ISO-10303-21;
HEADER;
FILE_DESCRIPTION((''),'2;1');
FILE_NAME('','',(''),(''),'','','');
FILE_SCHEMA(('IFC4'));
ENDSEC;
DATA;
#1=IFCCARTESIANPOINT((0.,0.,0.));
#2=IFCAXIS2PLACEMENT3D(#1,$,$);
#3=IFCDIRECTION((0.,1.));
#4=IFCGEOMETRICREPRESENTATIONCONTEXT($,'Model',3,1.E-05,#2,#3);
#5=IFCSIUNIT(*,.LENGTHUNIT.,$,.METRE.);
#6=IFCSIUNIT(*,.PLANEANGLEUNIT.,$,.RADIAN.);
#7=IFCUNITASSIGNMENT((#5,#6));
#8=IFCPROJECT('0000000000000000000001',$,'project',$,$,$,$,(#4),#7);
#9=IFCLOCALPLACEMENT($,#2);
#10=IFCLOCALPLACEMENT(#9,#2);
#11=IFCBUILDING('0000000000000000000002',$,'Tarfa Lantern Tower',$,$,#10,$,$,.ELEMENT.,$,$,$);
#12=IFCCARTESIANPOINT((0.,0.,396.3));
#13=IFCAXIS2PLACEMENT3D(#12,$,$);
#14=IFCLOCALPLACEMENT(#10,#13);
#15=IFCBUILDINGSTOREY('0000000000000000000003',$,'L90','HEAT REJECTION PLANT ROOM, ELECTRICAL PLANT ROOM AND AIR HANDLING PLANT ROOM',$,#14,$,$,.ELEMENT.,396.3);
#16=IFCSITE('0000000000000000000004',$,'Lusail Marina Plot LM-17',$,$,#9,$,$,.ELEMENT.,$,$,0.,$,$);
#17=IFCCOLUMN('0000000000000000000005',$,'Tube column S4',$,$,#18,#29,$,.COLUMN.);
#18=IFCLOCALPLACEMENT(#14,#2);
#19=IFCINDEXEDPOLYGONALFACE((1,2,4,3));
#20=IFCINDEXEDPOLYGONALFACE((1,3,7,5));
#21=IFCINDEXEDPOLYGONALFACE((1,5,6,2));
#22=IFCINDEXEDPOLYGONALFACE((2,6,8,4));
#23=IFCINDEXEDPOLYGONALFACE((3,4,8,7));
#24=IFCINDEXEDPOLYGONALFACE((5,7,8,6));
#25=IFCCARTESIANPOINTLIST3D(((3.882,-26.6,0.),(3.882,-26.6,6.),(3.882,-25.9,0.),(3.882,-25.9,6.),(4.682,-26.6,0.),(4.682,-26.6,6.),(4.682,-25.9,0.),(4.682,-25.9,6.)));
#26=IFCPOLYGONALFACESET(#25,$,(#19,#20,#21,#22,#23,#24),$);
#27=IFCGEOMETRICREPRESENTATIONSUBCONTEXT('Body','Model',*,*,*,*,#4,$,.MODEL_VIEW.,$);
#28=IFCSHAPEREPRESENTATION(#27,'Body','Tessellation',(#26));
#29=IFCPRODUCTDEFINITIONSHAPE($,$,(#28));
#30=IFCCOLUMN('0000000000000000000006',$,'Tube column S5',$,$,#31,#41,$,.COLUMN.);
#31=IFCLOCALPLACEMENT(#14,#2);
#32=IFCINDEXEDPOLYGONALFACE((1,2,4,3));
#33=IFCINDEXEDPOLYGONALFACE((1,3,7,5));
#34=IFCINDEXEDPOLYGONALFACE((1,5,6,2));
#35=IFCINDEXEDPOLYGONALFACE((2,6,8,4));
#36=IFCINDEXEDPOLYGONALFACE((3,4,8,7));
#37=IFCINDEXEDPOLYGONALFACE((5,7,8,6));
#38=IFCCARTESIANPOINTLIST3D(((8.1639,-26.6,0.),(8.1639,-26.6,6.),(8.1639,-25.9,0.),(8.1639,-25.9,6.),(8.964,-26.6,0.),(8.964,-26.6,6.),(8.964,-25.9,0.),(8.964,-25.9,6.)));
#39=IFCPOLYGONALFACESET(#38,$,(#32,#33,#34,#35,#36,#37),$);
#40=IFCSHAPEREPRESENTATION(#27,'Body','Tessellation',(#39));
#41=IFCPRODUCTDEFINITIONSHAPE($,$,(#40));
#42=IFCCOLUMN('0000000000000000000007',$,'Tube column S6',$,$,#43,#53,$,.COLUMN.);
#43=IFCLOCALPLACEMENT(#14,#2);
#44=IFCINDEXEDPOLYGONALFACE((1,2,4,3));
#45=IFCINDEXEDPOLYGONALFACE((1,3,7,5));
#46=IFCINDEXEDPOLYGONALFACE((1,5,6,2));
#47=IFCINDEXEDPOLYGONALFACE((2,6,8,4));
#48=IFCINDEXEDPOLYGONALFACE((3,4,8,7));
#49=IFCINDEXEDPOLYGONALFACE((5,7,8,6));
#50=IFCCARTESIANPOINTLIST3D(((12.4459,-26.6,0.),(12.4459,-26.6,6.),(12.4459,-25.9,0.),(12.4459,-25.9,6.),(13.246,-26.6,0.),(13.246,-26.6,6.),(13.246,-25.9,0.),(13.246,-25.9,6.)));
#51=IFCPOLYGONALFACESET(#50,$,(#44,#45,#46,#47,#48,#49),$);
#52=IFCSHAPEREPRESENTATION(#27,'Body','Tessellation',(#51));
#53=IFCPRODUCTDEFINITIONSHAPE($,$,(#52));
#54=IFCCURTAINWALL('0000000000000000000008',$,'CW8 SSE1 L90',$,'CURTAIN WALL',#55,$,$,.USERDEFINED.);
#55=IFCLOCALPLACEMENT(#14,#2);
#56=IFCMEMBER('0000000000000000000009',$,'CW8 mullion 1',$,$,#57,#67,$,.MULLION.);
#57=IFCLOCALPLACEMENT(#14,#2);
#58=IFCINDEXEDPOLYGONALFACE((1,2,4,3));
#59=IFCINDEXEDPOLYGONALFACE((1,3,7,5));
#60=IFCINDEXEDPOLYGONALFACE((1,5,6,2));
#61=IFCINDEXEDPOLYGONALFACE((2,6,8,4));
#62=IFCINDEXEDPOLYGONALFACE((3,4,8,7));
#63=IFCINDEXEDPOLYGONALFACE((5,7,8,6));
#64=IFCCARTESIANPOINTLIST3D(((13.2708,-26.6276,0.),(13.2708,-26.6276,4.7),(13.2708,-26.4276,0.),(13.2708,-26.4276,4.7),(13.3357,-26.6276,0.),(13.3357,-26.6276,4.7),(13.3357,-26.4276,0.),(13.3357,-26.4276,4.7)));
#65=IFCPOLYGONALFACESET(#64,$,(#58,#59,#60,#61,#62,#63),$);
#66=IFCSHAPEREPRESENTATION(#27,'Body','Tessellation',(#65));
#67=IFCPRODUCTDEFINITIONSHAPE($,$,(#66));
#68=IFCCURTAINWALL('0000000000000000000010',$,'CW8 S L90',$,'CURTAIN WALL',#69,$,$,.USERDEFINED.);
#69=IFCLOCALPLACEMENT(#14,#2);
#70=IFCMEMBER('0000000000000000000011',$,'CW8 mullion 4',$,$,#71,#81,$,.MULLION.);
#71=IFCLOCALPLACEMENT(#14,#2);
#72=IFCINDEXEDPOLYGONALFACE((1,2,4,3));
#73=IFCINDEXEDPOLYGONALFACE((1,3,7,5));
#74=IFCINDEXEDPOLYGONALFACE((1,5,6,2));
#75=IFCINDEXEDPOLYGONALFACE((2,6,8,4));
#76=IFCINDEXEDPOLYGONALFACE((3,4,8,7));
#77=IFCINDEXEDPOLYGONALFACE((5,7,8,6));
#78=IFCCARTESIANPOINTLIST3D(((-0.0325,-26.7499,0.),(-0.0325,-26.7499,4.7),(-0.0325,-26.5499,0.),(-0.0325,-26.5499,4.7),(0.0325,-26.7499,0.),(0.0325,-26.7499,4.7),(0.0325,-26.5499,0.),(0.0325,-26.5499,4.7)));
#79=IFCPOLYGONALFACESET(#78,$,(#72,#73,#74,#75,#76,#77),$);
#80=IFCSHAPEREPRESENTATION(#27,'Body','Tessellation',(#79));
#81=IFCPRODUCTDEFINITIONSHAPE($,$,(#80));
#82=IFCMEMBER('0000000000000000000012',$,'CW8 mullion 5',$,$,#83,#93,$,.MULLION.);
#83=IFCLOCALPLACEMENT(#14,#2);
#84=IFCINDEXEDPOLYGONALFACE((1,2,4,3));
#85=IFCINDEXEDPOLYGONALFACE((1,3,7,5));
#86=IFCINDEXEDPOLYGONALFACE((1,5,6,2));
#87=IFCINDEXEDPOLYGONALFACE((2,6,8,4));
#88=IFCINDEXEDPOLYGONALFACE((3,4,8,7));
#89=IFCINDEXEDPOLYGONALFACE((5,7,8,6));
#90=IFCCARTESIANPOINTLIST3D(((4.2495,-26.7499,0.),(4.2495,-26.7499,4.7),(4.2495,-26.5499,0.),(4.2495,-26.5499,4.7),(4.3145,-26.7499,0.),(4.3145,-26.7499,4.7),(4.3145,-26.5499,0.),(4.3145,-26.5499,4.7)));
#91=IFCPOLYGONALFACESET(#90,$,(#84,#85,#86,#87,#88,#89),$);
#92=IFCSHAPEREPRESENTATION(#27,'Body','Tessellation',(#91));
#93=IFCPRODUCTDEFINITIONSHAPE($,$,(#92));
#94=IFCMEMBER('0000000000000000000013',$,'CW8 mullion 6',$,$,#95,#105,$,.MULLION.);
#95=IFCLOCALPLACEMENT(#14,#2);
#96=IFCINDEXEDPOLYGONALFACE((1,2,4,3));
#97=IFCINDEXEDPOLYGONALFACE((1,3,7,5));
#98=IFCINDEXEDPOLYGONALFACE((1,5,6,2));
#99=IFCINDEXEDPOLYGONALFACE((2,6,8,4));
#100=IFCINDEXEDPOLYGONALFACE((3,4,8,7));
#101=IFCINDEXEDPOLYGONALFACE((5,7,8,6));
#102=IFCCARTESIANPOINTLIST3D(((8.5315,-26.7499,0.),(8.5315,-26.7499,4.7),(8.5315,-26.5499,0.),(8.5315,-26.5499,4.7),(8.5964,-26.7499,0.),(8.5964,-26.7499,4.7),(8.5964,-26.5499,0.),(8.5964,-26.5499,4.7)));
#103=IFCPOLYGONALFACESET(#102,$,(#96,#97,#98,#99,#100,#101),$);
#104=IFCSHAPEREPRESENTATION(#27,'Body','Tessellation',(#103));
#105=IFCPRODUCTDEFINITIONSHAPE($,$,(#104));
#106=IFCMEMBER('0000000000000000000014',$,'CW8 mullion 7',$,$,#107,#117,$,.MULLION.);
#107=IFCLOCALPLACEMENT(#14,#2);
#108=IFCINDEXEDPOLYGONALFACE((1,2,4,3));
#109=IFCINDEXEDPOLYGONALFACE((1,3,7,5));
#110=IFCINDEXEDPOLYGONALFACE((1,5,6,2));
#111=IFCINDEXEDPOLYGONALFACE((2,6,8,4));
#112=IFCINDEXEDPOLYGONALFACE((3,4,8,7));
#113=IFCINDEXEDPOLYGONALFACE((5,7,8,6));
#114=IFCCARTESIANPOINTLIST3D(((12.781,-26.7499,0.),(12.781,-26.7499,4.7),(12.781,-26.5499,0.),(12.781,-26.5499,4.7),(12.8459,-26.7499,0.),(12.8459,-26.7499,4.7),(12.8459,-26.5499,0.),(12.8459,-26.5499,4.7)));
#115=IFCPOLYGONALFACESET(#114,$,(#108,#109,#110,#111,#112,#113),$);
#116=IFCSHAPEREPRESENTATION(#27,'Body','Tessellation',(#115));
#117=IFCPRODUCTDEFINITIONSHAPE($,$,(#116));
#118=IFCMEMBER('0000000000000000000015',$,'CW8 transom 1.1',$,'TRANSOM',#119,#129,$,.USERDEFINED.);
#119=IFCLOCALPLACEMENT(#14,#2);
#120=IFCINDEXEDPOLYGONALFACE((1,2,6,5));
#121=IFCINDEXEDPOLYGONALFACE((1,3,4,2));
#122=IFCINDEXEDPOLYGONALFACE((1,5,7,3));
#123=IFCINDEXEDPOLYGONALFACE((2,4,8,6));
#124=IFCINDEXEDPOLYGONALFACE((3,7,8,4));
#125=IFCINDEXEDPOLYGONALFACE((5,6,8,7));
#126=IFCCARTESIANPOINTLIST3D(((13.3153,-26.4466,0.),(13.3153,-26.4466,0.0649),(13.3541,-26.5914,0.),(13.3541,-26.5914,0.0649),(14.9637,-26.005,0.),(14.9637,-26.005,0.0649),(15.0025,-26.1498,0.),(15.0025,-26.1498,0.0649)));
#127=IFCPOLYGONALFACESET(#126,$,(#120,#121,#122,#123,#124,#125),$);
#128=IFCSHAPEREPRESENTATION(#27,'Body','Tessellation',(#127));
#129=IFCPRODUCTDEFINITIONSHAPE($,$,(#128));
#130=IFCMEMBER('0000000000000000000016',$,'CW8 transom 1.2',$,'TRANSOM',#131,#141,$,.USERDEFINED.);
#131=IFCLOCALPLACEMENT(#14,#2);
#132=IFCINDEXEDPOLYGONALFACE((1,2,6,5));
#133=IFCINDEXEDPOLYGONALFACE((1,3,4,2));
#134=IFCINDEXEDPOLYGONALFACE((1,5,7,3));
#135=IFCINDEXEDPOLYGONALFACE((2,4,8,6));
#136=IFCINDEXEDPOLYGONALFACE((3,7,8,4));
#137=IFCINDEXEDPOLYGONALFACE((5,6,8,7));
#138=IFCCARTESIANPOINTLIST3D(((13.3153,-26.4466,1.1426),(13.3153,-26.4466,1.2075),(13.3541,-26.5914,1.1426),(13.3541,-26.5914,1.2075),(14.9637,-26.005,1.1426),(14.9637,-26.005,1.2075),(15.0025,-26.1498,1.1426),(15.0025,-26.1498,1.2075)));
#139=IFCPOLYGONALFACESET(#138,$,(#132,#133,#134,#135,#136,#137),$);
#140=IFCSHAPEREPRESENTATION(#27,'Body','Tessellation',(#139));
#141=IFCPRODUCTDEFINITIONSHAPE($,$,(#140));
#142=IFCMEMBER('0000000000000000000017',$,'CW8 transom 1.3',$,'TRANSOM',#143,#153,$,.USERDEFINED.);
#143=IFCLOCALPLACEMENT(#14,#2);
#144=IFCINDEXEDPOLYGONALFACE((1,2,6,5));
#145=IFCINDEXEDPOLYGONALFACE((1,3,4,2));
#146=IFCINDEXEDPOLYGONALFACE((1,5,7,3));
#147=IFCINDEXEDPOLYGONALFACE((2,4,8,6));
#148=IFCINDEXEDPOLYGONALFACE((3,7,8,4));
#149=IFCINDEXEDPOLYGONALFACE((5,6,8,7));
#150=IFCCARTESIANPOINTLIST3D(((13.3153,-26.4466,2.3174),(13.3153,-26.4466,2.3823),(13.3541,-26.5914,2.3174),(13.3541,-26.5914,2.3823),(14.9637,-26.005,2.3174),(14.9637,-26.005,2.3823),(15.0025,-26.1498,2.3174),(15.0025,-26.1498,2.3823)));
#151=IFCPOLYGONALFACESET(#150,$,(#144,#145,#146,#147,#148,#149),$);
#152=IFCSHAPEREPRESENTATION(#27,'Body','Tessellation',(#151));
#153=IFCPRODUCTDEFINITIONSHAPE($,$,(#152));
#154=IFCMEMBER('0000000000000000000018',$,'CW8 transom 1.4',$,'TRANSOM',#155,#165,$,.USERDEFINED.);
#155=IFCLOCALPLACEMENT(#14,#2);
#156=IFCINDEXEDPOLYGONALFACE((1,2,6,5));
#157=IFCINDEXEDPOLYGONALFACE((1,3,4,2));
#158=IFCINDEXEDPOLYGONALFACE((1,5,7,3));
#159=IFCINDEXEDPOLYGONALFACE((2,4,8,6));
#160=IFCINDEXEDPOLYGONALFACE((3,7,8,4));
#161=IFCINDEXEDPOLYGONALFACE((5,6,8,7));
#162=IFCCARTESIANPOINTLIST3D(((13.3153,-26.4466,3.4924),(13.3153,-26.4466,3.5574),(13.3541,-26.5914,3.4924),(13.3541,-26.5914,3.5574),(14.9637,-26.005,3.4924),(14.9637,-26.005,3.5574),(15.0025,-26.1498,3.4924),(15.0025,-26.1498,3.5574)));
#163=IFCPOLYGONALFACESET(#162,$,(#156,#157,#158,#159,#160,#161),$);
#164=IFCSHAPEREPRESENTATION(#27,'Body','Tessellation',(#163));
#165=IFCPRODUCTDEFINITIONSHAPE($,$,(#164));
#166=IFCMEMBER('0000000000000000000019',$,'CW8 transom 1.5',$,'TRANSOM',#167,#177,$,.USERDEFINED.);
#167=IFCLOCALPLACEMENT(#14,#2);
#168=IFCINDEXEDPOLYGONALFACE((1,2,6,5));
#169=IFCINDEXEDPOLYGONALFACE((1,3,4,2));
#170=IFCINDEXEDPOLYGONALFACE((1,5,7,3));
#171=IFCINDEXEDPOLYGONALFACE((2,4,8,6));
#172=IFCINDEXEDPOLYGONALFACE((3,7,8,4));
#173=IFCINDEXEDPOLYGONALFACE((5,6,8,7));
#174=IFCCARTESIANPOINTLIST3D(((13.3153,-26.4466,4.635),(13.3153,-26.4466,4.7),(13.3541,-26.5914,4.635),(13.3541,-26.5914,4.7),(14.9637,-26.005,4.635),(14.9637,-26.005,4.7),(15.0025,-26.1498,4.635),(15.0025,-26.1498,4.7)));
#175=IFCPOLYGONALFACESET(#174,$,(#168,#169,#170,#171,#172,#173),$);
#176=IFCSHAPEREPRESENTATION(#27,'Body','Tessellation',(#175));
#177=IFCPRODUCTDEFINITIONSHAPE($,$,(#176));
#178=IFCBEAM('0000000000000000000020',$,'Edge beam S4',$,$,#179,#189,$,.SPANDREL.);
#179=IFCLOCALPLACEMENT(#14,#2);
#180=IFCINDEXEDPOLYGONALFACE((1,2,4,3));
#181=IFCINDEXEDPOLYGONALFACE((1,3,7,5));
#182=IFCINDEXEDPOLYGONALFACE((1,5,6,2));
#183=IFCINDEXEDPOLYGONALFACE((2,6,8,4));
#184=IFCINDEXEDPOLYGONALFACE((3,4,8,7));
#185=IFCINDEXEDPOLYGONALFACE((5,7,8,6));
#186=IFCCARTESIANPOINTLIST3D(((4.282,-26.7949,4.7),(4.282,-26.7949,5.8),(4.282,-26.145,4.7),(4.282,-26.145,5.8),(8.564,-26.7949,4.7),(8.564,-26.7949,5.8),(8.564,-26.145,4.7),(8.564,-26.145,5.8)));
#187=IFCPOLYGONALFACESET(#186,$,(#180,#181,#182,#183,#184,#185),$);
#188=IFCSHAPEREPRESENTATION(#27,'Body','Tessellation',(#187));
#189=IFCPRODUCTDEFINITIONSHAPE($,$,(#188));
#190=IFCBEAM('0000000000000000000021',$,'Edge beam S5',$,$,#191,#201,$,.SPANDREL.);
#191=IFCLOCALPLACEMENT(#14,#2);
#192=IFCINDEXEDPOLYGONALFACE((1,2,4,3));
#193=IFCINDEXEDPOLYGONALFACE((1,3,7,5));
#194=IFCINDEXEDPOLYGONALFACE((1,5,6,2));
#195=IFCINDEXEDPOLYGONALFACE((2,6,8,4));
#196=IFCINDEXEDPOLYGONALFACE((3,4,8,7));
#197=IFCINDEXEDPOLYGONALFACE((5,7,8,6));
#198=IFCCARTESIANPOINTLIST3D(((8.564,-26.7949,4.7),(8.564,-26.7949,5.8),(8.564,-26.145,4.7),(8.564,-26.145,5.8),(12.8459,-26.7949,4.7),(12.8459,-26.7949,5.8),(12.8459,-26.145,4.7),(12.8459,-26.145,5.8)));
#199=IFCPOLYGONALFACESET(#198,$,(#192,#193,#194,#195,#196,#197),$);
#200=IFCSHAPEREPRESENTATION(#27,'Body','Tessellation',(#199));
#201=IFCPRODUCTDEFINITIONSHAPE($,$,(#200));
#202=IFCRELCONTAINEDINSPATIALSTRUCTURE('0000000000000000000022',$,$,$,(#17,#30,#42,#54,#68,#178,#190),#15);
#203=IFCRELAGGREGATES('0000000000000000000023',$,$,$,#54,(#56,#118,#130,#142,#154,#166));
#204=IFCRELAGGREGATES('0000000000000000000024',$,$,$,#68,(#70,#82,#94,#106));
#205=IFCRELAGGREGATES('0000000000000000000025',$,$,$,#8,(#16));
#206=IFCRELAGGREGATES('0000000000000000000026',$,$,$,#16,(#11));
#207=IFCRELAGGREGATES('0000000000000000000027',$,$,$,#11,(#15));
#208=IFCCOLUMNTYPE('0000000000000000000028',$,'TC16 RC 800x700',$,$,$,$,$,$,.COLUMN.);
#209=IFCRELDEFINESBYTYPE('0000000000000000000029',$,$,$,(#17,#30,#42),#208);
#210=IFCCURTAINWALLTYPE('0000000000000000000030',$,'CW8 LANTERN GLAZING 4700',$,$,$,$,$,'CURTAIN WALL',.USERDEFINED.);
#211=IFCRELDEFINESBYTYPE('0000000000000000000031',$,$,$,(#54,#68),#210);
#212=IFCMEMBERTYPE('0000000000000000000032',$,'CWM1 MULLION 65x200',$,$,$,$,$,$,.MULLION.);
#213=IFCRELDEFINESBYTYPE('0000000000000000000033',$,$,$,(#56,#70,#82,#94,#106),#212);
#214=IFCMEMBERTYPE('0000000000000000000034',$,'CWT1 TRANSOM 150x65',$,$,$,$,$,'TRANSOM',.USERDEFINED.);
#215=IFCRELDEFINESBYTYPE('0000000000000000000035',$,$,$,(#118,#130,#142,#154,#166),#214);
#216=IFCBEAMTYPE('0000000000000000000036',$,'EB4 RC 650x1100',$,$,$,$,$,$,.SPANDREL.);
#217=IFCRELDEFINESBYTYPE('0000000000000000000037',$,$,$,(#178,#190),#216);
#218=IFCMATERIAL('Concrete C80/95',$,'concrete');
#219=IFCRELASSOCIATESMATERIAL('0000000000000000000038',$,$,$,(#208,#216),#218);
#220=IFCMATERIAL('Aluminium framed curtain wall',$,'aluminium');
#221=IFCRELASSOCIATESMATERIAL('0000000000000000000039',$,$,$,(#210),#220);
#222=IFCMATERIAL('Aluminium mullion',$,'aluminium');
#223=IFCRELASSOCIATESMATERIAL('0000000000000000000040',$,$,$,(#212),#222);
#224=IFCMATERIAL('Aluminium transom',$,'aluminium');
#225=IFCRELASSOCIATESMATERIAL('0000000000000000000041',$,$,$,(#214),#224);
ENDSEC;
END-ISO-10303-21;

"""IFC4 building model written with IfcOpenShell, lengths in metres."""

from ifc_helpers import new_model, si_unit, direction, frame, origin, origin_2d, place, context, subcontext, project, spatial, rectangle, extrude, material, material_profile, profile_set, type_object, element, aggregate, save


model = new_model("IFC4")

# Units and contexts
model_context = context("Model", 3, precision=1e-05, world=origin(), true_north=direction((0.0, 1.0)))
body_context = subcontext(model_context, "Body", "Model", "MODEL_VIEW")
ifc_project = project(units=[si_unit("LENGTHUNIT", "METRE"), si_unit("PLANEANGLEUNIT", "RADIAN")], contexts=[model_context])

# Site, building, storey
site_placement = place(None, origin())
site = spatial("IfcSite", under=ifc_project, at=site_placement, Name="Lusail Marina Plot LM-17", CompositionType="ELEMENT", RefElevation=0.0)
building_placement = place(site_placement, origin())
building = spatial("IfcBuilding", under=site, at=building_placement, Name="Tarfa Lantern Tower", CompositionType="ELEMENT")
storey_placement = place(building_placement, frame((0.0, 0.0, 396.3)))
storey = spatial("IfcBuildingStorey", under=building, at=storey_placement, Name="L90", Description="HEAT REJECTION PLANT ROOM, ELECTRICAL PLANT ROOM AND AIR HANDLING PLANT ROOM", CompositionType="ELEMENT", Elevation=396.3)

# Columns
ifc_material_1 = material(Name="Concrete C80/95", Category="concrete")
ifc_material_profile_1 = material_profile(ifc_material_1, rectangle(XDim=0.8, YDim=0.7, at=origin_2d()), Name="RC 800x700")
ifc_profile_set_1 = profile_set([ifc_material_profile_1], Name="Concrete C80/95")
column_type = type_object("IfcColumnType", Name="TC16 RC 800x700", PredefinedType="COLUMN", material=ifc_profile_set_1)
for number, where, z_axis, x_axis, name in (
    (1, (4.282, -26.25, 0.0), (0.0, 0.0, 1.0), (1.0, 0.0, 0.0), "Tube column S4"),
    (2, (8.564, -26.25, 0.0), (0.0, 0.0, 1.0), (1.0, 0.0, 0.0), "Tube column S5"),
    (3, (12.8459, -26.25, 0.0), (0.0, 0.0, 1.0), (1.0, 0.0, 0.0), "Tube column S6"),
):
    element("IfcColumn", number, at=place(storey_placement, frame(where, z_axis=z_axis, x_axis=x_axis)), inside=storey, type_object=column_type, Name=name, PredefinedType="COLUMN", context=body_context, shape_type="SweptSolid", body=[
        extrude(rectangle(XDim=0.8, YDim=0.7, at=origin_2d()), origin(), (0.0, 0.0, 1.0), 6.0),
    ])

# Curtain wall, member
ifc_material_2 = material(Name="Aluminium framed curtain wall", Category="aluminium")
curtain_wall_type = type_object("IfcCurtainWallType", Name="CW8 LANTERN GLAZING 4700", ElementType="CURTAIN WALL", PredefinedType="USERDEFINED", material=ifc_material_2)
curtain_wall_1_placement = place(storey_placement, origin())
curtain_wall_1 = element("IfcCurtainWall", 4, at=curtain_wall_1_placement, inside=storey, type_object=curtain_wall_type, Name="CW8 SSE1 L90", ObjectType="CURTAIN WALL", PredefinedType="USERDEFINED")
ifc_material_3 = material(Name="Aluminium mullion", Category="aluminium")
ifc_material_profile_2 = material_profile(ifc_material_3, rectangle(XDim=0.0649, YDim=0.2, at=origin_2d()), Name="AL MULLION 65x200")
ifc_profile_set_2 = profile_set([ifc_material_profile_2], Name="Aluminium mullion")
member_type_1 = type_object("IfcMemberType", Name="CWM1 MULLION 65x200", PredefinedType="MULLION", material=ifc_profile_set_2)
member_1_placement = place(storey_placement, frame((13.3032, -26.5276, 0.0), z_axis=(0.0, 0.0, 1.0), x_axis=(1.0, 0.0, 0.0)))
member_1 = element("IfcMember", 5, at=member_1_placement, type_object=member_type_1, Name="CW8 mullion 1", PredefinedType="MULLION", context=body_context, shape_type="SweptSolid", body=[
    extrude(rectangle(XDim=0.0649, YDim=0.2, at=origin_2d()), origin(), (0.0, 0.0, 1.0), 4.7),
])

# Curtain wall, members
curtain_wall_2_placement = place(storey_placement, origin())
curtain_wall_2 = element("IfcCurtainWall", 6, at=curtain_wall_2_placement, inside=storey, type_object=curtain_wall_type, Name="CW8 S L90", ObjectType="CURTAIN WALL", PredefinedType="USERDEFINED")
member_2_placement = place(storey_placement, frame((0.0, -26.6499, 0.0), z_axis=(0.0, 0.0, 1.0), x_axis=(1.0, 0.0, 0.0)))
member_2 = element("IfcMember", 7, at=member_2_placement, type_object=member_type_1, Name="CW8 mullion 4", PredefinedType="MULLION", context=body_context, shape_type="SweptSolid", body=[
    extrude(rectangle(XDim=0.0649, YDim=0.2, at=origin_2d()), origin(), (0.0, 0.0, 1.0), 4.7),
])
member_3_placement = place(storey_placement, frame((4.282, -26.6499, 0.0), z_axis=(0.0, 0.0, 1.0), x_axis=(1.0, 0.0, 0.0)))
member_3 = element("IfcMember", 8, at=member_3_placement, type_object=member_type_1, Name="CW8 mullion 5", PredefinedType="MULLION", context=body_context, shape_type="SweptSolid", body=[
    extrude(rectangle(XDim=0.0649, YDim=0.2, at=origin_2d()), origin(), (0.0, 0.0, 1.0), 4.7),
])
member_4_placement = place(storey_placement, frame((8.564, -26.6499, 0.0), z_axis=(0.0, 0.0, 1.0), x_axis=(1.0, 0.0, 0.0)))
member_4 = element("IfcMember", 9, at=member_4_placement, type_object=member_type_1, Name="CW8 mullion 6", PredefinedType="MULLION", context=body_context, shape_type="SweptSolid", body=[
    extrude(rectangle(XDim=0.0649, YDim=0.2, at=origin_2d()), origin(), (0.0, 0.0, 1.0), 4.7),
])
member_5_placement = place(storey_placement, frame((12.8135, -26.6499, 0.0), z_axis=(0.0, 0.0, 1.0), x_axis=(1.0, 0.0, 0.0)))
member_5 = element("IfcMember", 10, at=member_5_placement, type_object=member_type_1, Name="CW8 mullion 7", PredefinedType="MULLION", context=body_context, shape_type="SweptSolid", body=[
    extrude(rectangle(XDim=0.0649, YDim=0.2, at=origin_2d()), origin(), (0.0, 0.0, 1.0), 4.7),
])

# Members
ifc_material_4 = material(Name="Aluminium transom", Category="aluminium")
ifc_material_profile_3 = material_profile(ifc_material_4, rectangle(XDim=0.1499, YDim=0.0649, at=origin_2d()), Name="AL TRANSOM 150x65")
ifc_profile_set_3 = profile_set([ifc_material_profile_3], Name="Aluminium transom")
member_type_2 = type_object("IfcMemberType", Name="CWT1 TRANSOM 150x65", ElementType="TRANSOM", PredefinedType="USERDEFINED", material=ifc_profile_set_3)
member_6_placement = place(storey_placement, frame((13.3347, -26.519, 0.0325), z_axis=(0.965933, 0.258793, 0.0), x_axis=(-0.258793, 0.965933, 0.0)))
member_6 = element("IfcMember", 11, at=member_6_placement, type_object=member_type_2, Name="CW8 transom 1.1", ObjectType="TRANSOM", PredefinedType="USERDEFINED", context=body_context, shape_type="SweptSolid", body=[
    extrude(rectangle(XDim=0.1499, YDim=0.0649, at=origin_2d()), origin(), (0.0, 0.0, 1.0), 1.7065),
])
member_7_placement = place(storey_placement, frame((13.3347, -26.519, 1.175), z_axis=(0.965933, 0.258793, 0.0), x_axis=(-0.258793, 0.965933, 0.0)))
member_7 = element("IfcMember", 12, at=member_7_placement, type_object=member_type_2, Name="CW8 transom 1.2", ObjectType="TRANSOM", PredefinedType="USERDEFINED", context=body_context, shape_type="SweptSolid", body=[
    extrude(rectangle(XDim=0.1499, YDim=0.0649, at=origin_2d()), origin(), (0.0, 0.0, 1.0), 1.7065),
])
member_8_placement = place(storey_placement, frame((13.3347, -26.519, 2.3499), z_axis=(0.965933, 0.258793, 0.0), x_axis=(-0.258793, 0.965933, 0.0)))
member_8 = element("IfcMember", 13, at=member_8_placement, type_object=member_type_2, Name="CW8 transom 1.3", ObjectType="TRANSOM", PredefinedType="USERDEFINED", context=body_context, shape_type="SweptSolid", body=[
    extrude(rectangle(XDim=0.1499, YDim=0.0649, at=origin_2d()), origin(), (0.0, 0.0, 1.0), 1.7065),
])
member_9_placement = place(storey_placement, frame((13.3347, -26.519, 3.5249), z_axis=(0.965933, 0.258793, 0.0), x_axis=(-0.258793, 0.965933, 0.0)))
member_9 = element("IfcMember", 14, at=member_9_placement, type_object=member_type_2, Name="CW8 transom 1.4", ObjectType="TRANSOM", PredefinedType="USERDEFINED", context=body_context, shape_type="SweptSolid", body=[
    extrude(rectangle(XDim=0.1499, YDim=0.0649, at=origin_2d()), origin(), (0.0, 0.0, 1.0), 1.7065),
])
member_10_placement = place(storey_placement, frame((13.3347, -26.519, 4.6675), z_axis=(0.965933, 0.258793, 0.0), x_axis=(-0.258793, 0.965933, 0.0)))
member_10 = element("IfcMember", 15, at=member_10_placement, type_object=member_type_2, Name="CW8 transom 1.5", ObjectType="TRANSOM", PredefinedType="USERDEFINED", context=body_context, shape_type="SweptSolid", body=[
    extrude(rectangle(XDim=0.1499, YDim=0.0649, at=origin_2d()), origin(), (0.0, 0.0, 1.0), 1.7065),
])

# Beams
ifc_material_profile_4 = material_profile(ifc_material_1, rectangle(XDim=0.6499, YDim=1.1001, at=origin_2d()), Name="RC 650x1100")
ifc_profile_set_4 = profile_set([ifc_material_profile_4], Name="Concrete C80/95")
beam_type_1 = type_object("IfcBeamType", Name="EB4 RC 650x1100", PredefinedType="SPANDREL", material=ifc_profile_set_4)
for number, where, z_axis, x_axis, name in (
    (16, (4.282, -26.47, 5.25), (1.0, 0.0, 0.0), (0.0, 1.0, 0.0), "Edge beam S4"),
    (17, (8.564, -26.47, 5.25), (1.0, 0.0, 0.0), (0.0, 1.0, 0.0), "Edge beam S5"),
):
    element("IfcBeam", number, at=place(storey_placement, frame(where, z_axis=z_axis, x_axis=x_axis)), inside=storey, type_object=beam_type_1, Name=name, PredefinedType="SPANDREL", context=body_context, shape_type="SweptSolid", body=[
        extrude(rectangle(XDim=0.6499, YDim=1.1001, at=origin_2d()), origin(), (0.0, 0.0, 1.0), 4.282),
    ])

aggregate(curtain_wall_1, [member_1, member_6, member_7, member_8, member_9, member_10])
aggregate(curtain_wall_2, [member_2, member_3, member_4, member_5])

save(model, "model.ifc")
